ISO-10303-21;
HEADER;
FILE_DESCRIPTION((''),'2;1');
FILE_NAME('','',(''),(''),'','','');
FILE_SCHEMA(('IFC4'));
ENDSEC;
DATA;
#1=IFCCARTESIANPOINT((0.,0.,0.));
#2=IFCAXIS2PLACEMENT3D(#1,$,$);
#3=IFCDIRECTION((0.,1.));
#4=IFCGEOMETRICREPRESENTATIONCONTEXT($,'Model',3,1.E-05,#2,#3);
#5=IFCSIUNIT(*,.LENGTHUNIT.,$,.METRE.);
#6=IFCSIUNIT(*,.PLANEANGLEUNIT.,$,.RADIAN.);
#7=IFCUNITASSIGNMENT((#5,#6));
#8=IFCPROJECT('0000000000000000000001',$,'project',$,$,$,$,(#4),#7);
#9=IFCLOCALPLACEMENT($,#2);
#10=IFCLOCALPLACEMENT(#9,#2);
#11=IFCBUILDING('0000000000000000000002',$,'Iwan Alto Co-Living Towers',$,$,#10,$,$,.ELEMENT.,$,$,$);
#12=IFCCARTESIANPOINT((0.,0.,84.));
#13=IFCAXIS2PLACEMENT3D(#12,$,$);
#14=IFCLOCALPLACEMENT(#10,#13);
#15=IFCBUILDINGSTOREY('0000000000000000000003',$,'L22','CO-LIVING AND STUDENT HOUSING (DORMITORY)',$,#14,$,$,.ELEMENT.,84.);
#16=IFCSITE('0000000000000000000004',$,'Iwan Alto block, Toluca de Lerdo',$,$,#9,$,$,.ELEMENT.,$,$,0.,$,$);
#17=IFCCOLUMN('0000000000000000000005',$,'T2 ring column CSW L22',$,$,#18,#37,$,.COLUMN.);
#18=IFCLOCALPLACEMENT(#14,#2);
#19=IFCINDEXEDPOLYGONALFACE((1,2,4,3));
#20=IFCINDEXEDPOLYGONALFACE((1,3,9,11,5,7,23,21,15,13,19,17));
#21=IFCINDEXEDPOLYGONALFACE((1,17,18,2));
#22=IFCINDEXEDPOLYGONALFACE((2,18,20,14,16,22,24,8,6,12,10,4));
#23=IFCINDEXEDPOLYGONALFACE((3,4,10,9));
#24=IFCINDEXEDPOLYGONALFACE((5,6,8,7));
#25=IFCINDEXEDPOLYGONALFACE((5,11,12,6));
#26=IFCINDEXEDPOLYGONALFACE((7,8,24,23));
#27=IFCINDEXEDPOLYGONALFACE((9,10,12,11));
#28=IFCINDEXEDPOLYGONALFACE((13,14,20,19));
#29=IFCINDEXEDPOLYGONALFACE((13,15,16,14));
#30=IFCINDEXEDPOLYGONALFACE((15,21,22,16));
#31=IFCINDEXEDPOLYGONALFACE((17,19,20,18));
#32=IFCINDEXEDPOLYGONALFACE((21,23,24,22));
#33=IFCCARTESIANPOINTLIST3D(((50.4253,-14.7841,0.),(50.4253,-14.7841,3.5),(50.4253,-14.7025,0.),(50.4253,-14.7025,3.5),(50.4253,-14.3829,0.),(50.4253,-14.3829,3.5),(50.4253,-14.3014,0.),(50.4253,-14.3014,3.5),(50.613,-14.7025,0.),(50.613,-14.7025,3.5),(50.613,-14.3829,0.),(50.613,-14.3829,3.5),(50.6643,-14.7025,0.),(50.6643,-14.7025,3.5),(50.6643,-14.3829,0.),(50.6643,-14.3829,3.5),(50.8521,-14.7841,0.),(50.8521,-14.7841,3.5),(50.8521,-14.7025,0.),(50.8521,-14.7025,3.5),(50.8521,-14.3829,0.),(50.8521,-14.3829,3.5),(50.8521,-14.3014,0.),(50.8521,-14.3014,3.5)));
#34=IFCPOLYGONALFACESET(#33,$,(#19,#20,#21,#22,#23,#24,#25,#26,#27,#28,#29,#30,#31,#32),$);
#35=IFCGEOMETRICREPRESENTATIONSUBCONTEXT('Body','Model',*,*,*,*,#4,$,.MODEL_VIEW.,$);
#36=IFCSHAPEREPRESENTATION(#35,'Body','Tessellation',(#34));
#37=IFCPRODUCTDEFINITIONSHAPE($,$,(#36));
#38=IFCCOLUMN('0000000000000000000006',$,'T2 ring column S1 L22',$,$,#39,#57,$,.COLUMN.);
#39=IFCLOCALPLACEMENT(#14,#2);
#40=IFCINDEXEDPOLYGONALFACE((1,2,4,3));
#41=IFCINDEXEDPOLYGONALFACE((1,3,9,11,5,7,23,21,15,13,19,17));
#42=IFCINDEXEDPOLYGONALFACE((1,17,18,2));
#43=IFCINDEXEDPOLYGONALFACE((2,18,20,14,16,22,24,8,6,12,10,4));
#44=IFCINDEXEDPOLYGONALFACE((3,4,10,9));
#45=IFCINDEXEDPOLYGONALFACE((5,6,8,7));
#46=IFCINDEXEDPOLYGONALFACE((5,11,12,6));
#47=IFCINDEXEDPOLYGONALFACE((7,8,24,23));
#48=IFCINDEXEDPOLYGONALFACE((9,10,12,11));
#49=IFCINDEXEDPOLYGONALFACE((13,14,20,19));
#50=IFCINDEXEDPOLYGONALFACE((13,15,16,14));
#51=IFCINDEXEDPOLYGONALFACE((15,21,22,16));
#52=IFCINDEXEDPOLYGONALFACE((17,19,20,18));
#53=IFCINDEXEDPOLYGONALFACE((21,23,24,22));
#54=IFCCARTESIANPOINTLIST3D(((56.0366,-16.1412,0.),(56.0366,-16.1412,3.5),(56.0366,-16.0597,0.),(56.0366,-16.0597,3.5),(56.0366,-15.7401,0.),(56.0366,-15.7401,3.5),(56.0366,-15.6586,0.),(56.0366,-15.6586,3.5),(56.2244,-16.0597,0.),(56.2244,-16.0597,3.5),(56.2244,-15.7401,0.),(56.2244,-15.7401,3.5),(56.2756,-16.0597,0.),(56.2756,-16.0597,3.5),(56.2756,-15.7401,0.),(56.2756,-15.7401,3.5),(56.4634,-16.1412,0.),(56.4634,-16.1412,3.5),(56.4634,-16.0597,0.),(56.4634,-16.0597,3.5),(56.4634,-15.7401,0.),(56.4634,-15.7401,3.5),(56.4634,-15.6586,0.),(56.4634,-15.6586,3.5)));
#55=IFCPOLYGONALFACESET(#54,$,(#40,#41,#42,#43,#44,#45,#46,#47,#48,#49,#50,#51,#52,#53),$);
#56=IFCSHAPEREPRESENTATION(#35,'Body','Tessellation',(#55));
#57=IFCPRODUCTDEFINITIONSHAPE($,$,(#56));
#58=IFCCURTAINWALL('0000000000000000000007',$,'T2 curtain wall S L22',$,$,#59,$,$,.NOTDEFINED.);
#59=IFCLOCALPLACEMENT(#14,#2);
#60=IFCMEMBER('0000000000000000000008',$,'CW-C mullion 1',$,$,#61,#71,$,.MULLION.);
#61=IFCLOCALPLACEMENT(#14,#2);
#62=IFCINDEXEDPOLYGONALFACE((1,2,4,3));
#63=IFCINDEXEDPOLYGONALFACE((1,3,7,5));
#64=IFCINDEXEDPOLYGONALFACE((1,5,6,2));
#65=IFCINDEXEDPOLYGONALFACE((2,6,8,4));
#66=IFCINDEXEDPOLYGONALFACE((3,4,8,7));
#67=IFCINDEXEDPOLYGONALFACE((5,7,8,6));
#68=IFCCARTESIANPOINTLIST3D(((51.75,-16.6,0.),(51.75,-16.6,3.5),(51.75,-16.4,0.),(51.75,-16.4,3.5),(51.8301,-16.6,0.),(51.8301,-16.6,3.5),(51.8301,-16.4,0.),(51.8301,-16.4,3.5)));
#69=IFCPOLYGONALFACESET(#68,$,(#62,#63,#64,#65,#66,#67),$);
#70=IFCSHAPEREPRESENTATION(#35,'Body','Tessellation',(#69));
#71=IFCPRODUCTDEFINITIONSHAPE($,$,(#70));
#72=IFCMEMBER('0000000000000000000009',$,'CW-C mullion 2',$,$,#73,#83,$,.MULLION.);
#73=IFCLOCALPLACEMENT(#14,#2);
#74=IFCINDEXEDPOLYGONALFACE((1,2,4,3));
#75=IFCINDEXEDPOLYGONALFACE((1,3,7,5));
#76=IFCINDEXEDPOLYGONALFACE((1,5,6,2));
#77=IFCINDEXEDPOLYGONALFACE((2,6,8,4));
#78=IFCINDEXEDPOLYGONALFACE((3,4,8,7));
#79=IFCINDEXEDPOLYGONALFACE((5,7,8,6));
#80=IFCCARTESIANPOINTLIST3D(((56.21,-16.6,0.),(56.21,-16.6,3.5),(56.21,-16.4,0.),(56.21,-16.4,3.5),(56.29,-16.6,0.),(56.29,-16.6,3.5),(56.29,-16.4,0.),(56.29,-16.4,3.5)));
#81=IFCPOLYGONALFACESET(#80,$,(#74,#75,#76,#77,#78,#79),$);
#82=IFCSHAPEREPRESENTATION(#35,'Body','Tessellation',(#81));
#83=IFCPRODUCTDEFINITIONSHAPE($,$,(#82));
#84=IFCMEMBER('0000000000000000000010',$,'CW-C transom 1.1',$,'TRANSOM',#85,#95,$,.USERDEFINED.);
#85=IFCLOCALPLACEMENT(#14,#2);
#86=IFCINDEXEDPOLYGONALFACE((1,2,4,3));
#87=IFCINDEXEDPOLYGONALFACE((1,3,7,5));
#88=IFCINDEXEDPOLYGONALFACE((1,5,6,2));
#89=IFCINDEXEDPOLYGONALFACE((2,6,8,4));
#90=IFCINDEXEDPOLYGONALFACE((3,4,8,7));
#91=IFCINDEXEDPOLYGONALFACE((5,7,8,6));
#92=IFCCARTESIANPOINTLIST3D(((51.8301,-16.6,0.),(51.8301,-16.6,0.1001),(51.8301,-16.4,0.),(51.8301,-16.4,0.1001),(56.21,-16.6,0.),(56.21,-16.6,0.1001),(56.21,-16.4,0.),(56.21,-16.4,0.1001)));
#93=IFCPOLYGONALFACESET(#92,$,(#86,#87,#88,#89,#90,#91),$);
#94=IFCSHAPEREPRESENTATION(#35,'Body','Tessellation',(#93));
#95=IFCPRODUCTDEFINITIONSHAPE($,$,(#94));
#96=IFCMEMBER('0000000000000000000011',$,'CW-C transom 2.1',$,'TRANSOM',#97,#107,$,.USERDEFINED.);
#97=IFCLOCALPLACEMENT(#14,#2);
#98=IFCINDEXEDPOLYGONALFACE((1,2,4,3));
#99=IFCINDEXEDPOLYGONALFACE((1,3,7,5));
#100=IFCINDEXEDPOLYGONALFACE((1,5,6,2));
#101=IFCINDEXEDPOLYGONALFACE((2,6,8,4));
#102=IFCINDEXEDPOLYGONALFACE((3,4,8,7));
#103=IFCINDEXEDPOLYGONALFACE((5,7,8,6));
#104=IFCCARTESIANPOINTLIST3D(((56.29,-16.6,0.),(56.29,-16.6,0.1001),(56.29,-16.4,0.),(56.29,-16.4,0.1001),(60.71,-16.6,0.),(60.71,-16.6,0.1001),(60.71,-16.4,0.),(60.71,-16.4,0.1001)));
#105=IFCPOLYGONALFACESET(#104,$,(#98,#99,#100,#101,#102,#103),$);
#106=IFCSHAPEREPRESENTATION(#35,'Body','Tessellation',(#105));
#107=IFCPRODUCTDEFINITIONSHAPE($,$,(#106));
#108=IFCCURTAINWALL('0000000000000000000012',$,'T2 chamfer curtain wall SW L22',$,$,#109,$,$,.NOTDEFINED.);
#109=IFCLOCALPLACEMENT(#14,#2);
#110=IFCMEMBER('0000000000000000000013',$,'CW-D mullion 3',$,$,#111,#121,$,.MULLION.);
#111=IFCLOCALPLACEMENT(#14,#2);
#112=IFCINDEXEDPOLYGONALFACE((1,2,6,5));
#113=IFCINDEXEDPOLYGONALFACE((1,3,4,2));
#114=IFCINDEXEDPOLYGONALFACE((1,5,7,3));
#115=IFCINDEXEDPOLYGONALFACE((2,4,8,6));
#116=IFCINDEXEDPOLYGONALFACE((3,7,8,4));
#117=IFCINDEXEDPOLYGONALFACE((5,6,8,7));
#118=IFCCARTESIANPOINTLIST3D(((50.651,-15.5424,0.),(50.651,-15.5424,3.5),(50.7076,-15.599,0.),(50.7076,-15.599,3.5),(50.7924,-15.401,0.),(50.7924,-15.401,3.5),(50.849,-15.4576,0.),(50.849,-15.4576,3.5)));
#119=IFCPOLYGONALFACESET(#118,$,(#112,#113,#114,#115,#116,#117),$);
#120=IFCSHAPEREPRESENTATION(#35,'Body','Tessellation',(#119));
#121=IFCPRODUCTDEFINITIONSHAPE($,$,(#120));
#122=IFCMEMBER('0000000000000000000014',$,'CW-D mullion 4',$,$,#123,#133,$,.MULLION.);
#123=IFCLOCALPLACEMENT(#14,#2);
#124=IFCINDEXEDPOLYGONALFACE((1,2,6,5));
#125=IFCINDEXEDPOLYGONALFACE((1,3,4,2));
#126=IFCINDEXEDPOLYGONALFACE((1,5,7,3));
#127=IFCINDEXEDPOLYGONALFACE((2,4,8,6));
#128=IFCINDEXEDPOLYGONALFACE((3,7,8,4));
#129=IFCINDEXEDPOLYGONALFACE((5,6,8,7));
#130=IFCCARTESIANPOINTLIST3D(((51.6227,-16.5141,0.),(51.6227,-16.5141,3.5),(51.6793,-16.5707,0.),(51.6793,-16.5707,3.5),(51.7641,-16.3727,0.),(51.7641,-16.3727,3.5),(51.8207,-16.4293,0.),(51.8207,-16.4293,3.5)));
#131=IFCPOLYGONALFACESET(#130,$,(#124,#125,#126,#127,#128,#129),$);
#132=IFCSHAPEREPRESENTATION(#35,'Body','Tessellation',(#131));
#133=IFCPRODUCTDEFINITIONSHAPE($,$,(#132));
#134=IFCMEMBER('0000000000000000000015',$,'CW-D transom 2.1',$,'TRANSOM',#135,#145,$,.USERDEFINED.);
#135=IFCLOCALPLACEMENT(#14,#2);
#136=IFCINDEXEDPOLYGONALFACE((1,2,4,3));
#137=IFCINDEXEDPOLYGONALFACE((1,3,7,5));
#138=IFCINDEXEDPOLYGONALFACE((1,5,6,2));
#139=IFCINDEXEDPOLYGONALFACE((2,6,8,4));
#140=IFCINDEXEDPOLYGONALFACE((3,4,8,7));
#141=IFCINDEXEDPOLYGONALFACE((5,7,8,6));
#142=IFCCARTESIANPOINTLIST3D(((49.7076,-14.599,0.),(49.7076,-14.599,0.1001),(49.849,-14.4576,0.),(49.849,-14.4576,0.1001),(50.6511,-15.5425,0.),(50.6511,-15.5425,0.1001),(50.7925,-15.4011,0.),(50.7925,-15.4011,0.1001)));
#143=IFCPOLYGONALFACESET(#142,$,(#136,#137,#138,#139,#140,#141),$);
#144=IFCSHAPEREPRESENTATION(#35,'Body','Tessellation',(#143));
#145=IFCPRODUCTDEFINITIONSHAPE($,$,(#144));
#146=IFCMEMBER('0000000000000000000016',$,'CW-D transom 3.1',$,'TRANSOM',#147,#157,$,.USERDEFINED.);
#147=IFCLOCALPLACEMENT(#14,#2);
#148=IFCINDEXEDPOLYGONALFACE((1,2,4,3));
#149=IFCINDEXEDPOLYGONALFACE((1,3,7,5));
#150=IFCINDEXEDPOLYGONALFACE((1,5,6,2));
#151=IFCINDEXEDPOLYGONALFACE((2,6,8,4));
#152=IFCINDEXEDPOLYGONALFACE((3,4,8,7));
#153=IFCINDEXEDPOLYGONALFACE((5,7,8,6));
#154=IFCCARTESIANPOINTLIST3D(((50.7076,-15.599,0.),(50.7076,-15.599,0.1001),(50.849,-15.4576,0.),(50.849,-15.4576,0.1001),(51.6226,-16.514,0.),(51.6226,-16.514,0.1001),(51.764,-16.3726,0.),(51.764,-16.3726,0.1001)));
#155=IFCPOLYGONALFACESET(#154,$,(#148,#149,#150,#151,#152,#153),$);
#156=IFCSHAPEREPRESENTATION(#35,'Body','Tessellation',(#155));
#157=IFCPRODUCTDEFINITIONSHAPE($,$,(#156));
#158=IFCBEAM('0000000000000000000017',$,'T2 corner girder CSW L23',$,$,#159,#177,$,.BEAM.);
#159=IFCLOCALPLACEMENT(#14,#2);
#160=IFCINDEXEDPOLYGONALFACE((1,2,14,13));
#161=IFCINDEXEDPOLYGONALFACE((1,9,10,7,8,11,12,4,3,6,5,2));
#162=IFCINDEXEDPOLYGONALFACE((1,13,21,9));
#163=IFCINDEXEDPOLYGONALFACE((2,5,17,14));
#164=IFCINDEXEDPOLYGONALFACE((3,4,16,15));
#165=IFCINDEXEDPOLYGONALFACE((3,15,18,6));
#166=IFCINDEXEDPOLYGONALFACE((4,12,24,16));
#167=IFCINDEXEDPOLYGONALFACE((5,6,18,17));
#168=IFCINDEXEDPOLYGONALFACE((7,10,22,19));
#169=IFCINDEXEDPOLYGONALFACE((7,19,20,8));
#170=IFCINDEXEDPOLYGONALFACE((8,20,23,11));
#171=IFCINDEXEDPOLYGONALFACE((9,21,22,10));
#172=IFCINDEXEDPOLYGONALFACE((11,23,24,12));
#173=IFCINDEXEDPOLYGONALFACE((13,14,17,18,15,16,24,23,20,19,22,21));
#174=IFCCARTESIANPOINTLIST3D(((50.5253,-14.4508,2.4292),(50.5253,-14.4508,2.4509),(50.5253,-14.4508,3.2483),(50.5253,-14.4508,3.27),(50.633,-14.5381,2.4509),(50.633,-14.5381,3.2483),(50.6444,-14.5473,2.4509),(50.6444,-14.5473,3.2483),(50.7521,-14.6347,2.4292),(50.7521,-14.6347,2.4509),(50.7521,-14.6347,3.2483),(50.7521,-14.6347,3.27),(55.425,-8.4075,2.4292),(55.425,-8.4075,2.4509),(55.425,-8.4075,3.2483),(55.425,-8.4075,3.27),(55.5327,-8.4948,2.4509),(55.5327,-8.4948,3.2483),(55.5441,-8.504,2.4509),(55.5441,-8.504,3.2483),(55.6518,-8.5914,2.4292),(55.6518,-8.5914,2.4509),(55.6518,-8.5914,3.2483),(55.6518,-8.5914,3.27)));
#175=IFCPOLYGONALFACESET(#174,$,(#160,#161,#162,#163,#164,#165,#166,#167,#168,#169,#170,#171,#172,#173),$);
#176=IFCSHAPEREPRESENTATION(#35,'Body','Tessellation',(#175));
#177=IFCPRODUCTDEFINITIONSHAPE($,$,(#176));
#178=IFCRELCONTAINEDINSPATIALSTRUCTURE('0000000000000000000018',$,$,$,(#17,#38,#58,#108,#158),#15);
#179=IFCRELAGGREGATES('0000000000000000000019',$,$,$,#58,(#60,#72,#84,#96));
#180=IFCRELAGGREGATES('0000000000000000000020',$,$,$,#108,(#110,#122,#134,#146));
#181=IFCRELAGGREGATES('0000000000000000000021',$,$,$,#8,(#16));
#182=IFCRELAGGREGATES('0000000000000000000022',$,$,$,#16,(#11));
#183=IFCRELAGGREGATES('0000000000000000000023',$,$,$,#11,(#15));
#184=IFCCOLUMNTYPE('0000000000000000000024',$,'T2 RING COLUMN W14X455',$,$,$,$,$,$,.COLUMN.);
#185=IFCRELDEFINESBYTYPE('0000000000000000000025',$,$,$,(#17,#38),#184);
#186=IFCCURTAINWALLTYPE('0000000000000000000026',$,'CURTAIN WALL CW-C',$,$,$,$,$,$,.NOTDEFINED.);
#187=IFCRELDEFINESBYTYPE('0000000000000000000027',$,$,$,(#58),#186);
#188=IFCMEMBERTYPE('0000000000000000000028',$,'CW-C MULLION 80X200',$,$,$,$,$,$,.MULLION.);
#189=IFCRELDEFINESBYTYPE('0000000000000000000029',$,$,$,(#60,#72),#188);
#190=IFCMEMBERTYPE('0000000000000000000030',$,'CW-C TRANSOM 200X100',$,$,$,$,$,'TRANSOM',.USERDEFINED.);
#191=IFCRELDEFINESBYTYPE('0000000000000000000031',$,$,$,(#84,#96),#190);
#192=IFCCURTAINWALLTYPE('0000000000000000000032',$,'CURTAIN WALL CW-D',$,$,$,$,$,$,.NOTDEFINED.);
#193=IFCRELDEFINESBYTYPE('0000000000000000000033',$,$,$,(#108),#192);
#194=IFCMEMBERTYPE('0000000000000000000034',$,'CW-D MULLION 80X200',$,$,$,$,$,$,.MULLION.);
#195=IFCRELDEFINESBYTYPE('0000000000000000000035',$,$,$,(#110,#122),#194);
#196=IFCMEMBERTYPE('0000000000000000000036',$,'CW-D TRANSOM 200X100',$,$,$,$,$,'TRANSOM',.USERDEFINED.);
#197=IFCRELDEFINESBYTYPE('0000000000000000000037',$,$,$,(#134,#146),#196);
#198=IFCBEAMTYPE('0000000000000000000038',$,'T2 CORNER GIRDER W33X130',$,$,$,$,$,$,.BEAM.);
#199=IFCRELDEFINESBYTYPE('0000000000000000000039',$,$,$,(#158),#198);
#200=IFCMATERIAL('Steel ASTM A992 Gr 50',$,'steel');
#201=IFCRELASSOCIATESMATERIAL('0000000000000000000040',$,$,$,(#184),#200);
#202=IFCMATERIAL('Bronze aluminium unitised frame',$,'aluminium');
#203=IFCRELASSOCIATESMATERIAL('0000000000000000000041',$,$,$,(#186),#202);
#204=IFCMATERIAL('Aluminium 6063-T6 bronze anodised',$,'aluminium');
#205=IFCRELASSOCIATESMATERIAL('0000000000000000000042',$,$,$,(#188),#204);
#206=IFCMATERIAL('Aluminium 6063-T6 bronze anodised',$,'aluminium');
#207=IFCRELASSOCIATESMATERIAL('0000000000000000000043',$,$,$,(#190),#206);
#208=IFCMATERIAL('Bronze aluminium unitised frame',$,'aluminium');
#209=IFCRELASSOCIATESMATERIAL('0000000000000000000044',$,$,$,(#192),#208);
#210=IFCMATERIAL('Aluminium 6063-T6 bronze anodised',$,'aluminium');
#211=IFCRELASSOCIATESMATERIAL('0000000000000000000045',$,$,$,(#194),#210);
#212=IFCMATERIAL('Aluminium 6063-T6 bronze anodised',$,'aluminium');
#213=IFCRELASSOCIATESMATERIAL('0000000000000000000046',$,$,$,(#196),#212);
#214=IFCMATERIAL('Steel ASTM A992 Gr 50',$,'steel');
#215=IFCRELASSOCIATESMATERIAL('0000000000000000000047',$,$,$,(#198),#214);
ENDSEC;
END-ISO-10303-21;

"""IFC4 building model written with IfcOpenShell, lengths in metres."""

from ifc_helpers import new_model, si_unit, direction, frame, origin, origin_2d, place, context, subcontext, project, spatial, rectangle, i_section, extrude, material, material_profile, profile_set, type_object, element, aggregate, save


model = new_model("IFC4")

# Units and contexts
model_context = context("Model", 3, precision=1e-05, world=origin(), true_north=direction((0.0, 1.0)))
body_context = subcontext(model_context, "Body", "Model", "MODEL_VIEW")
ifc_project = project(units=[si_unit("LENGTHUNIT", "METRE"), si_unit("PLANEANGLEUNIT", "RADIAN")], contexts=[model_context])

# Site, building, storey
site_placement = place(None, origin())
site = spatial("IfcSite", under=ifc_project, at=site_placement, Name="Iwan Alto block, Toluca de Lerdo", CompositionType="ELEMENT", RefElevation=0.0)
building_placement = place(site_placement, origin())
building = spatial("IfcBuilding", under=site, at=building_placement, Name="Iwan Alto Co-Living Towers", CompositionType="ELEMENT")
storey_placement = place(building_placement, frame((0.0, 0.0, 84.0)))
storey = spatial("IfcBuildingStorey", under=building, at=storey_placement, Name="L22", Description="CO-LIVING AND STUDENT HOUSING (DORMITORY)", CompositionType="ELEMENT", Elevation=84.0)

# Columns
ifc_material_1 = material(Name="Steel ASTM A992 Gr 50", Category="steel")
ifc_material_profile_1 = material_profile(ifc_material_1, i_section(OverallWidth=0.4268, OverallDepth=0.4827, WebThickness=0.0513, FlangeThickness=0.0815, at=origin_2d()), Name="W14X455")
ifc_profile_set_1 = profile_set([ifc_material_profile_1], Name="Steel ASTM A992 Gr 50")
column_type = type_object("IfcColumnType", Name="T2 RING COLUMN W14X455", PredefinedType="COLUMN", material=ifc_profile_set_1)
for number, where, z_axis, x_axis, name in (
    (1, (50.6387, -14.5427, 0.0), (0.0, 0.0, 1.0), (1.0, 0.0, 0.0), "T2 ring column CSW L22"),
    (2, (56.25, -15.8999, 0.0), (0.0, 0.0, 1.0), (1.0, 0.0, 0.0), "T2 ring column S1 L22"),
):
    element("IfcColumn", number, at=place(storey_placement, frame(where, z_axis=z_axis, x_axis=x_axis)), inside=storey, type_object=column_type, Name=name, PredefinedType="COLUMN", context=body_context, shape_type="SweptSolid", body=[
        extrude(i_section(OverallWidth=0.4268, OverallDepth=0.4827, WebThickness=0.0513, FlangeThickness=0.0815, at=origin_2d()), origin(), (0.0, 0.0, 1.0), 3.5),
    ])

# Curtain walls, members
ifc_material_2 = material(Name="Bronze aluminium unitised frame", Category="aluminium")
curtain_wall_type_1 = type_object("IfcCurtainWallType", Name="CURTAIN WALL CW-C", PredefinedType="NOTDEFINED", material=ifc_material_2)
curtain_wall_1_placement = place(storey_placement, origin())
curtain_wall_1 = element("IfcCurtainWall", 3, at=curtain_wall_1_placement, inside=storey, type_object=curtain_wall_type_1, Name="T2 curtain wall S L22", PredefinedType="NOTDEFINED")
ifc_material_3 = material(Name="Aluminium 6063-T6 bronze anodised", Category="aluminium")
ifc_material_profile_2 = material_profile(ifc_material_3, rectangle(XDim=0.2, YDim=0.0801, at=origin_2d()), Name="AL 80X200")
ifc_profile_set_2 = profile_set([ifc_material_profile_2], Name="Aluminium 6063-T6 bronze anodised")
member_type_1 = type_object("IfcMemberType", Name="CW-C MULLION 80X200", PredefinedType="MULLION", material=ifc_profile_set_2)
member_1_placement = place(storey_placement, frame((51.79, -16.5, 0.0), z_axis=(0.0, 0.0, 1.0), x_axis=(0.0, 1.0, 0.0)))
member_1 = element("IfcMember", 4, at=member_1_placement, type_object=member_type_1, Name="CW-C mullion 1", PredefinedType="MULLION", context=body_context, shape_type="SweptSolid", body=[
    extrude(rectangle(XDim=0.2, YDim=0.0801, at=origin_2d()), origin(), (0.0, 0.0, 1.0), 3.5),
])
member_2_placement = place(storey_placement, frame((56.25, -16.5, 0.0), z_axis=(0.0, 0.0, 1.0), x_axis=(0.0, 1.0, 0.0)))
member_2 = element("IfcMember", 5, at=member_2_placement, type_object=member_type_1, Name="CW-C mullion 2", PredefinedType="MULLION", context=body_context, shape_type="SweptSolid", body=[
    extrude(rectangle(XDim=0.2, YDim=0.0801, at=origin_2d()), origin(), (0.0, 0.0, 1.0), 3.5),
])
ifc_material_4 = material(Name="Aluminium 6063-T6 bronze anodised", Category="aluminium")
ifc_material_profile_3 = material_profile(ifc_material_4, rectangle(XDim=0.2, YDim=0.1001, at=origin_2d()), Name="AL 200X100")
ifc_profile_set_3 = profile_set([ifc_material_profile_3], Name="Aluminium 6063-T6 bronze anodised")
member_type_2 = type_object("IfcMemberType", Name="CW-C TRANSOM 200X100", ElementType="TRANSOM", PredefinedType="USERDEFINED", material=ifc_profile_set_3)
member_3_placement = place(storey_placement, frame((51.8301, -16.5, 0.05), z_axis=(1.0, 0.0, 0.0), x_axis=(0.0, 1.0, 0.0)))
member_3 = element("IfcMember", 6, at=member_3_placement, type_object=member_type_2, Name="CW-C transom 1.1", ObjectType="TRANSOM", PredefinedType="USERDEFINED", context=body_context, shape_type="SweptSolid", body=[
    extrude(rectangle(XDim=0.2, YDim=0.1001, at=origin_2d()), origin(), (0.0, 0.0, 1.0), 4.3799),
])
member_4_placement = place(storey_placement, frame((56.29, -16.5, 0.05), z_axis=(1.0, 0.0, 0.0), x_axis=(0.0, 1.0, 0.0)))
member_4 = element("IfcMember", 7, at=member_4_placement, type_object=member_type_2, Name="CW-C transom 2.1", ObjectType="TRANSOM", PredefinedType="USERDEFINED", context=body_context, shape_type="SweptSolid", body=[
    extrude(rectangle(XDim=0.2, YDim=0.1001, at=origin_2d()), origin(), (0.0, 0.0, 1.0), 4.4199),
])
ifc_material_5 = material(Name="Bronze aluminium unitised frame", Category="aluminium")
curtain_wall_type_2 = type_object("IfcCurtainWallType", Name="CURTAIN WALL CW-D", PredefinedType="NOTDEFINED", material=ifc_material_5)
curtain_wall_2_placement = place(storey_placement, origin())
curtain_wall_2 = element("IfcCurtainWall", 8, at=curtain_wall_2_placement, inside=storey, type_object=curtain_wall_type_2, Name="T2 chamfer curtain wall SW L22", PredefinedType="NOTDEFINED")
ifc_material_6 = material(Name="Aluminium 6063-T6 bronze anodised", Category="aluminium")
ifc_material_profile_4 = material_profile(ifc_material_6, rectangle(XDim=0.2, YDim=0.0801, at=origin_2d()), Name="AL 80X200")
ifc_profile_set_4 = profile_set([ifc_material_profile_4], Name="Aluminium 6063-T6 bronze anodised")
member_type_3 = type_object("IfcMemberType", Name="CW-D MULLION 80X200", PredefinedType="MULLION", material=ifc_profile_set_4)
member_5_placement = place(storey_placement, frame((50.75, -15.5, 0.0), z_axis=(0.0, 0.0, 1.0), x_axis=(0.707107, 0.707107, 0.0)))
member_5 = element("IfcMember", 9, at=member_5_placement, type_object=member_type_3, Name="CW-D mullion 3", PredefinedType="MULLION", context=body_context, shape_type="SweptSolid", body=[
    extrude(rectangle(XDim=0.2, YDim=0.0801, at=origin_2d()), origin(), (0.0, 0.0, 1.0), 3.5),
])
member_6_placement = place(storey_placement, frame((51.7217, -16.4717, 0.0), z_axis=(0.0, 0.0, 1.0), x_axis=(0.707107, 0.707107, 0.0)))
member_6 = element("IfcMember", 10, at=member_6_placement, type_object=member_type_3, Name="CW-D mullion 4", PredefinedType="MULLION", context=body_context, shape_type="SweptSolid", body=[
    extrude(rectangle(XDim=0.2, YDim=0.0801, at=origin_2d()), origin(), (0.0, 0.0, 1.0), 3.5),
])
ifc_material_7 = material(Name="Aluminium 6063-T6 bronze anodised", Category="aluminium")
ifc_material_profile_5 = material_profile(ifc_material_7, rectangle(XDim=0.2, YDim=0.1001, at=origin_2d()), Name="AL 200X100")
ifc_profile_set_5 = profile_set([ifc_material_profile_5], Name="Aluminium 6063-T6 bronze anodised")
member_type_4 = type_object("IfcMemberType", Name="CW-D TRANSOM 200X100", ElementType="TRANSOM", PredefinedType="USERDEFINED", material=ifc_profile_set_5)
member_7_placement = place(storey_placement, frame((49.7783, -14.5283, 0.05), z_axis=(0.707107, -0.707107, 0.0), x_axis=(0.707107, 0.707107, 0.0)))
member_7 = element("IfcMember", 11, at=member_7_placement, type_object=member_type_4, Name="CW-D transom 2.1", ObjectType="TRANSOM", PredefinedType="USERDEFINED", context=body_context, shape_type="SweptSolid", body=[
    extrude(rectangle(XDim=0.2, YDim=0.1001, at=origin_2d()), origin(), (0.0, 0.0, 1.0), 1.3342),
])
member_8_placement = place(storey_placement, frame((50.7783, -15.5283, 0.05), z_axis=(0.707107, -0.707107, 0.0), x_axis=(0.707107, 0.707107, 0.0)))
member_8 = element("IfcMember", 12, at=member_8_placement, type_object=member_type_4, Name="CW-D transom 3.1", ObjectType="TRANSOM", PredefinedType="USERDEFINED", context=body_context, shape_type="SweptSolid", body=[
    extrude(rectangle(XDim=0.2, YDim=0.1001, at=origin_2d()), origin(), (0.0, 0.0, 1.0), 1.2939),
])

# Beam
ifc_material_8 = material(Name="Steel ASTM A992 Gr 50", Category="steel")
ifc_material_profile_6 = material_profile(ifc_material_8, i_section(OverallWidth=0.292, OverallDepth=0.8408, WebThickness=0.0146, FlangeThickness=0.0217, at=origin_2d()), Name="W33X130")
ifc_profile_set_6 = profile_set([ifc_material_profile_6], Name="Steel ASTM A992 Gr 50")
beam_type_1 = type_object("IfcBeamType", Name="T2 CORNER GIRDER W33X130", PredefinedType="BEAM", material=ifc_profile_set_6)
beam_1_placement = place(storey_placement, frame((50.6387, -14.5427, 2.8496), z_axis=(0.629783, 0.776771, 0.0), x_axis=(-0.776771, 0.629783, 0.0)))
element("IfcBeam", 13, at=beam_1_placement, inside=storey, type_object=beam_type_1, Name="T2 corner girder CSW L23", PredefinedType="BEAM", context=body_context, shape_type="SweptSolid", body=[
    extrude(i_section(OverallWidth=0.292, OverallDepth=0.8408, WebThickness=0.0146, FlangeThickness=0.0217, at=origin_2d()), origin(), (0.0, 0.0, 1.0), 7.78),
])

aggregate(curtain_wall_1, [member_1, member_2, member_3, member_4])
aggregate(curtain_wall_2, [member_5, member_6, member_7, member_8])

save(model, "model.ifc")
